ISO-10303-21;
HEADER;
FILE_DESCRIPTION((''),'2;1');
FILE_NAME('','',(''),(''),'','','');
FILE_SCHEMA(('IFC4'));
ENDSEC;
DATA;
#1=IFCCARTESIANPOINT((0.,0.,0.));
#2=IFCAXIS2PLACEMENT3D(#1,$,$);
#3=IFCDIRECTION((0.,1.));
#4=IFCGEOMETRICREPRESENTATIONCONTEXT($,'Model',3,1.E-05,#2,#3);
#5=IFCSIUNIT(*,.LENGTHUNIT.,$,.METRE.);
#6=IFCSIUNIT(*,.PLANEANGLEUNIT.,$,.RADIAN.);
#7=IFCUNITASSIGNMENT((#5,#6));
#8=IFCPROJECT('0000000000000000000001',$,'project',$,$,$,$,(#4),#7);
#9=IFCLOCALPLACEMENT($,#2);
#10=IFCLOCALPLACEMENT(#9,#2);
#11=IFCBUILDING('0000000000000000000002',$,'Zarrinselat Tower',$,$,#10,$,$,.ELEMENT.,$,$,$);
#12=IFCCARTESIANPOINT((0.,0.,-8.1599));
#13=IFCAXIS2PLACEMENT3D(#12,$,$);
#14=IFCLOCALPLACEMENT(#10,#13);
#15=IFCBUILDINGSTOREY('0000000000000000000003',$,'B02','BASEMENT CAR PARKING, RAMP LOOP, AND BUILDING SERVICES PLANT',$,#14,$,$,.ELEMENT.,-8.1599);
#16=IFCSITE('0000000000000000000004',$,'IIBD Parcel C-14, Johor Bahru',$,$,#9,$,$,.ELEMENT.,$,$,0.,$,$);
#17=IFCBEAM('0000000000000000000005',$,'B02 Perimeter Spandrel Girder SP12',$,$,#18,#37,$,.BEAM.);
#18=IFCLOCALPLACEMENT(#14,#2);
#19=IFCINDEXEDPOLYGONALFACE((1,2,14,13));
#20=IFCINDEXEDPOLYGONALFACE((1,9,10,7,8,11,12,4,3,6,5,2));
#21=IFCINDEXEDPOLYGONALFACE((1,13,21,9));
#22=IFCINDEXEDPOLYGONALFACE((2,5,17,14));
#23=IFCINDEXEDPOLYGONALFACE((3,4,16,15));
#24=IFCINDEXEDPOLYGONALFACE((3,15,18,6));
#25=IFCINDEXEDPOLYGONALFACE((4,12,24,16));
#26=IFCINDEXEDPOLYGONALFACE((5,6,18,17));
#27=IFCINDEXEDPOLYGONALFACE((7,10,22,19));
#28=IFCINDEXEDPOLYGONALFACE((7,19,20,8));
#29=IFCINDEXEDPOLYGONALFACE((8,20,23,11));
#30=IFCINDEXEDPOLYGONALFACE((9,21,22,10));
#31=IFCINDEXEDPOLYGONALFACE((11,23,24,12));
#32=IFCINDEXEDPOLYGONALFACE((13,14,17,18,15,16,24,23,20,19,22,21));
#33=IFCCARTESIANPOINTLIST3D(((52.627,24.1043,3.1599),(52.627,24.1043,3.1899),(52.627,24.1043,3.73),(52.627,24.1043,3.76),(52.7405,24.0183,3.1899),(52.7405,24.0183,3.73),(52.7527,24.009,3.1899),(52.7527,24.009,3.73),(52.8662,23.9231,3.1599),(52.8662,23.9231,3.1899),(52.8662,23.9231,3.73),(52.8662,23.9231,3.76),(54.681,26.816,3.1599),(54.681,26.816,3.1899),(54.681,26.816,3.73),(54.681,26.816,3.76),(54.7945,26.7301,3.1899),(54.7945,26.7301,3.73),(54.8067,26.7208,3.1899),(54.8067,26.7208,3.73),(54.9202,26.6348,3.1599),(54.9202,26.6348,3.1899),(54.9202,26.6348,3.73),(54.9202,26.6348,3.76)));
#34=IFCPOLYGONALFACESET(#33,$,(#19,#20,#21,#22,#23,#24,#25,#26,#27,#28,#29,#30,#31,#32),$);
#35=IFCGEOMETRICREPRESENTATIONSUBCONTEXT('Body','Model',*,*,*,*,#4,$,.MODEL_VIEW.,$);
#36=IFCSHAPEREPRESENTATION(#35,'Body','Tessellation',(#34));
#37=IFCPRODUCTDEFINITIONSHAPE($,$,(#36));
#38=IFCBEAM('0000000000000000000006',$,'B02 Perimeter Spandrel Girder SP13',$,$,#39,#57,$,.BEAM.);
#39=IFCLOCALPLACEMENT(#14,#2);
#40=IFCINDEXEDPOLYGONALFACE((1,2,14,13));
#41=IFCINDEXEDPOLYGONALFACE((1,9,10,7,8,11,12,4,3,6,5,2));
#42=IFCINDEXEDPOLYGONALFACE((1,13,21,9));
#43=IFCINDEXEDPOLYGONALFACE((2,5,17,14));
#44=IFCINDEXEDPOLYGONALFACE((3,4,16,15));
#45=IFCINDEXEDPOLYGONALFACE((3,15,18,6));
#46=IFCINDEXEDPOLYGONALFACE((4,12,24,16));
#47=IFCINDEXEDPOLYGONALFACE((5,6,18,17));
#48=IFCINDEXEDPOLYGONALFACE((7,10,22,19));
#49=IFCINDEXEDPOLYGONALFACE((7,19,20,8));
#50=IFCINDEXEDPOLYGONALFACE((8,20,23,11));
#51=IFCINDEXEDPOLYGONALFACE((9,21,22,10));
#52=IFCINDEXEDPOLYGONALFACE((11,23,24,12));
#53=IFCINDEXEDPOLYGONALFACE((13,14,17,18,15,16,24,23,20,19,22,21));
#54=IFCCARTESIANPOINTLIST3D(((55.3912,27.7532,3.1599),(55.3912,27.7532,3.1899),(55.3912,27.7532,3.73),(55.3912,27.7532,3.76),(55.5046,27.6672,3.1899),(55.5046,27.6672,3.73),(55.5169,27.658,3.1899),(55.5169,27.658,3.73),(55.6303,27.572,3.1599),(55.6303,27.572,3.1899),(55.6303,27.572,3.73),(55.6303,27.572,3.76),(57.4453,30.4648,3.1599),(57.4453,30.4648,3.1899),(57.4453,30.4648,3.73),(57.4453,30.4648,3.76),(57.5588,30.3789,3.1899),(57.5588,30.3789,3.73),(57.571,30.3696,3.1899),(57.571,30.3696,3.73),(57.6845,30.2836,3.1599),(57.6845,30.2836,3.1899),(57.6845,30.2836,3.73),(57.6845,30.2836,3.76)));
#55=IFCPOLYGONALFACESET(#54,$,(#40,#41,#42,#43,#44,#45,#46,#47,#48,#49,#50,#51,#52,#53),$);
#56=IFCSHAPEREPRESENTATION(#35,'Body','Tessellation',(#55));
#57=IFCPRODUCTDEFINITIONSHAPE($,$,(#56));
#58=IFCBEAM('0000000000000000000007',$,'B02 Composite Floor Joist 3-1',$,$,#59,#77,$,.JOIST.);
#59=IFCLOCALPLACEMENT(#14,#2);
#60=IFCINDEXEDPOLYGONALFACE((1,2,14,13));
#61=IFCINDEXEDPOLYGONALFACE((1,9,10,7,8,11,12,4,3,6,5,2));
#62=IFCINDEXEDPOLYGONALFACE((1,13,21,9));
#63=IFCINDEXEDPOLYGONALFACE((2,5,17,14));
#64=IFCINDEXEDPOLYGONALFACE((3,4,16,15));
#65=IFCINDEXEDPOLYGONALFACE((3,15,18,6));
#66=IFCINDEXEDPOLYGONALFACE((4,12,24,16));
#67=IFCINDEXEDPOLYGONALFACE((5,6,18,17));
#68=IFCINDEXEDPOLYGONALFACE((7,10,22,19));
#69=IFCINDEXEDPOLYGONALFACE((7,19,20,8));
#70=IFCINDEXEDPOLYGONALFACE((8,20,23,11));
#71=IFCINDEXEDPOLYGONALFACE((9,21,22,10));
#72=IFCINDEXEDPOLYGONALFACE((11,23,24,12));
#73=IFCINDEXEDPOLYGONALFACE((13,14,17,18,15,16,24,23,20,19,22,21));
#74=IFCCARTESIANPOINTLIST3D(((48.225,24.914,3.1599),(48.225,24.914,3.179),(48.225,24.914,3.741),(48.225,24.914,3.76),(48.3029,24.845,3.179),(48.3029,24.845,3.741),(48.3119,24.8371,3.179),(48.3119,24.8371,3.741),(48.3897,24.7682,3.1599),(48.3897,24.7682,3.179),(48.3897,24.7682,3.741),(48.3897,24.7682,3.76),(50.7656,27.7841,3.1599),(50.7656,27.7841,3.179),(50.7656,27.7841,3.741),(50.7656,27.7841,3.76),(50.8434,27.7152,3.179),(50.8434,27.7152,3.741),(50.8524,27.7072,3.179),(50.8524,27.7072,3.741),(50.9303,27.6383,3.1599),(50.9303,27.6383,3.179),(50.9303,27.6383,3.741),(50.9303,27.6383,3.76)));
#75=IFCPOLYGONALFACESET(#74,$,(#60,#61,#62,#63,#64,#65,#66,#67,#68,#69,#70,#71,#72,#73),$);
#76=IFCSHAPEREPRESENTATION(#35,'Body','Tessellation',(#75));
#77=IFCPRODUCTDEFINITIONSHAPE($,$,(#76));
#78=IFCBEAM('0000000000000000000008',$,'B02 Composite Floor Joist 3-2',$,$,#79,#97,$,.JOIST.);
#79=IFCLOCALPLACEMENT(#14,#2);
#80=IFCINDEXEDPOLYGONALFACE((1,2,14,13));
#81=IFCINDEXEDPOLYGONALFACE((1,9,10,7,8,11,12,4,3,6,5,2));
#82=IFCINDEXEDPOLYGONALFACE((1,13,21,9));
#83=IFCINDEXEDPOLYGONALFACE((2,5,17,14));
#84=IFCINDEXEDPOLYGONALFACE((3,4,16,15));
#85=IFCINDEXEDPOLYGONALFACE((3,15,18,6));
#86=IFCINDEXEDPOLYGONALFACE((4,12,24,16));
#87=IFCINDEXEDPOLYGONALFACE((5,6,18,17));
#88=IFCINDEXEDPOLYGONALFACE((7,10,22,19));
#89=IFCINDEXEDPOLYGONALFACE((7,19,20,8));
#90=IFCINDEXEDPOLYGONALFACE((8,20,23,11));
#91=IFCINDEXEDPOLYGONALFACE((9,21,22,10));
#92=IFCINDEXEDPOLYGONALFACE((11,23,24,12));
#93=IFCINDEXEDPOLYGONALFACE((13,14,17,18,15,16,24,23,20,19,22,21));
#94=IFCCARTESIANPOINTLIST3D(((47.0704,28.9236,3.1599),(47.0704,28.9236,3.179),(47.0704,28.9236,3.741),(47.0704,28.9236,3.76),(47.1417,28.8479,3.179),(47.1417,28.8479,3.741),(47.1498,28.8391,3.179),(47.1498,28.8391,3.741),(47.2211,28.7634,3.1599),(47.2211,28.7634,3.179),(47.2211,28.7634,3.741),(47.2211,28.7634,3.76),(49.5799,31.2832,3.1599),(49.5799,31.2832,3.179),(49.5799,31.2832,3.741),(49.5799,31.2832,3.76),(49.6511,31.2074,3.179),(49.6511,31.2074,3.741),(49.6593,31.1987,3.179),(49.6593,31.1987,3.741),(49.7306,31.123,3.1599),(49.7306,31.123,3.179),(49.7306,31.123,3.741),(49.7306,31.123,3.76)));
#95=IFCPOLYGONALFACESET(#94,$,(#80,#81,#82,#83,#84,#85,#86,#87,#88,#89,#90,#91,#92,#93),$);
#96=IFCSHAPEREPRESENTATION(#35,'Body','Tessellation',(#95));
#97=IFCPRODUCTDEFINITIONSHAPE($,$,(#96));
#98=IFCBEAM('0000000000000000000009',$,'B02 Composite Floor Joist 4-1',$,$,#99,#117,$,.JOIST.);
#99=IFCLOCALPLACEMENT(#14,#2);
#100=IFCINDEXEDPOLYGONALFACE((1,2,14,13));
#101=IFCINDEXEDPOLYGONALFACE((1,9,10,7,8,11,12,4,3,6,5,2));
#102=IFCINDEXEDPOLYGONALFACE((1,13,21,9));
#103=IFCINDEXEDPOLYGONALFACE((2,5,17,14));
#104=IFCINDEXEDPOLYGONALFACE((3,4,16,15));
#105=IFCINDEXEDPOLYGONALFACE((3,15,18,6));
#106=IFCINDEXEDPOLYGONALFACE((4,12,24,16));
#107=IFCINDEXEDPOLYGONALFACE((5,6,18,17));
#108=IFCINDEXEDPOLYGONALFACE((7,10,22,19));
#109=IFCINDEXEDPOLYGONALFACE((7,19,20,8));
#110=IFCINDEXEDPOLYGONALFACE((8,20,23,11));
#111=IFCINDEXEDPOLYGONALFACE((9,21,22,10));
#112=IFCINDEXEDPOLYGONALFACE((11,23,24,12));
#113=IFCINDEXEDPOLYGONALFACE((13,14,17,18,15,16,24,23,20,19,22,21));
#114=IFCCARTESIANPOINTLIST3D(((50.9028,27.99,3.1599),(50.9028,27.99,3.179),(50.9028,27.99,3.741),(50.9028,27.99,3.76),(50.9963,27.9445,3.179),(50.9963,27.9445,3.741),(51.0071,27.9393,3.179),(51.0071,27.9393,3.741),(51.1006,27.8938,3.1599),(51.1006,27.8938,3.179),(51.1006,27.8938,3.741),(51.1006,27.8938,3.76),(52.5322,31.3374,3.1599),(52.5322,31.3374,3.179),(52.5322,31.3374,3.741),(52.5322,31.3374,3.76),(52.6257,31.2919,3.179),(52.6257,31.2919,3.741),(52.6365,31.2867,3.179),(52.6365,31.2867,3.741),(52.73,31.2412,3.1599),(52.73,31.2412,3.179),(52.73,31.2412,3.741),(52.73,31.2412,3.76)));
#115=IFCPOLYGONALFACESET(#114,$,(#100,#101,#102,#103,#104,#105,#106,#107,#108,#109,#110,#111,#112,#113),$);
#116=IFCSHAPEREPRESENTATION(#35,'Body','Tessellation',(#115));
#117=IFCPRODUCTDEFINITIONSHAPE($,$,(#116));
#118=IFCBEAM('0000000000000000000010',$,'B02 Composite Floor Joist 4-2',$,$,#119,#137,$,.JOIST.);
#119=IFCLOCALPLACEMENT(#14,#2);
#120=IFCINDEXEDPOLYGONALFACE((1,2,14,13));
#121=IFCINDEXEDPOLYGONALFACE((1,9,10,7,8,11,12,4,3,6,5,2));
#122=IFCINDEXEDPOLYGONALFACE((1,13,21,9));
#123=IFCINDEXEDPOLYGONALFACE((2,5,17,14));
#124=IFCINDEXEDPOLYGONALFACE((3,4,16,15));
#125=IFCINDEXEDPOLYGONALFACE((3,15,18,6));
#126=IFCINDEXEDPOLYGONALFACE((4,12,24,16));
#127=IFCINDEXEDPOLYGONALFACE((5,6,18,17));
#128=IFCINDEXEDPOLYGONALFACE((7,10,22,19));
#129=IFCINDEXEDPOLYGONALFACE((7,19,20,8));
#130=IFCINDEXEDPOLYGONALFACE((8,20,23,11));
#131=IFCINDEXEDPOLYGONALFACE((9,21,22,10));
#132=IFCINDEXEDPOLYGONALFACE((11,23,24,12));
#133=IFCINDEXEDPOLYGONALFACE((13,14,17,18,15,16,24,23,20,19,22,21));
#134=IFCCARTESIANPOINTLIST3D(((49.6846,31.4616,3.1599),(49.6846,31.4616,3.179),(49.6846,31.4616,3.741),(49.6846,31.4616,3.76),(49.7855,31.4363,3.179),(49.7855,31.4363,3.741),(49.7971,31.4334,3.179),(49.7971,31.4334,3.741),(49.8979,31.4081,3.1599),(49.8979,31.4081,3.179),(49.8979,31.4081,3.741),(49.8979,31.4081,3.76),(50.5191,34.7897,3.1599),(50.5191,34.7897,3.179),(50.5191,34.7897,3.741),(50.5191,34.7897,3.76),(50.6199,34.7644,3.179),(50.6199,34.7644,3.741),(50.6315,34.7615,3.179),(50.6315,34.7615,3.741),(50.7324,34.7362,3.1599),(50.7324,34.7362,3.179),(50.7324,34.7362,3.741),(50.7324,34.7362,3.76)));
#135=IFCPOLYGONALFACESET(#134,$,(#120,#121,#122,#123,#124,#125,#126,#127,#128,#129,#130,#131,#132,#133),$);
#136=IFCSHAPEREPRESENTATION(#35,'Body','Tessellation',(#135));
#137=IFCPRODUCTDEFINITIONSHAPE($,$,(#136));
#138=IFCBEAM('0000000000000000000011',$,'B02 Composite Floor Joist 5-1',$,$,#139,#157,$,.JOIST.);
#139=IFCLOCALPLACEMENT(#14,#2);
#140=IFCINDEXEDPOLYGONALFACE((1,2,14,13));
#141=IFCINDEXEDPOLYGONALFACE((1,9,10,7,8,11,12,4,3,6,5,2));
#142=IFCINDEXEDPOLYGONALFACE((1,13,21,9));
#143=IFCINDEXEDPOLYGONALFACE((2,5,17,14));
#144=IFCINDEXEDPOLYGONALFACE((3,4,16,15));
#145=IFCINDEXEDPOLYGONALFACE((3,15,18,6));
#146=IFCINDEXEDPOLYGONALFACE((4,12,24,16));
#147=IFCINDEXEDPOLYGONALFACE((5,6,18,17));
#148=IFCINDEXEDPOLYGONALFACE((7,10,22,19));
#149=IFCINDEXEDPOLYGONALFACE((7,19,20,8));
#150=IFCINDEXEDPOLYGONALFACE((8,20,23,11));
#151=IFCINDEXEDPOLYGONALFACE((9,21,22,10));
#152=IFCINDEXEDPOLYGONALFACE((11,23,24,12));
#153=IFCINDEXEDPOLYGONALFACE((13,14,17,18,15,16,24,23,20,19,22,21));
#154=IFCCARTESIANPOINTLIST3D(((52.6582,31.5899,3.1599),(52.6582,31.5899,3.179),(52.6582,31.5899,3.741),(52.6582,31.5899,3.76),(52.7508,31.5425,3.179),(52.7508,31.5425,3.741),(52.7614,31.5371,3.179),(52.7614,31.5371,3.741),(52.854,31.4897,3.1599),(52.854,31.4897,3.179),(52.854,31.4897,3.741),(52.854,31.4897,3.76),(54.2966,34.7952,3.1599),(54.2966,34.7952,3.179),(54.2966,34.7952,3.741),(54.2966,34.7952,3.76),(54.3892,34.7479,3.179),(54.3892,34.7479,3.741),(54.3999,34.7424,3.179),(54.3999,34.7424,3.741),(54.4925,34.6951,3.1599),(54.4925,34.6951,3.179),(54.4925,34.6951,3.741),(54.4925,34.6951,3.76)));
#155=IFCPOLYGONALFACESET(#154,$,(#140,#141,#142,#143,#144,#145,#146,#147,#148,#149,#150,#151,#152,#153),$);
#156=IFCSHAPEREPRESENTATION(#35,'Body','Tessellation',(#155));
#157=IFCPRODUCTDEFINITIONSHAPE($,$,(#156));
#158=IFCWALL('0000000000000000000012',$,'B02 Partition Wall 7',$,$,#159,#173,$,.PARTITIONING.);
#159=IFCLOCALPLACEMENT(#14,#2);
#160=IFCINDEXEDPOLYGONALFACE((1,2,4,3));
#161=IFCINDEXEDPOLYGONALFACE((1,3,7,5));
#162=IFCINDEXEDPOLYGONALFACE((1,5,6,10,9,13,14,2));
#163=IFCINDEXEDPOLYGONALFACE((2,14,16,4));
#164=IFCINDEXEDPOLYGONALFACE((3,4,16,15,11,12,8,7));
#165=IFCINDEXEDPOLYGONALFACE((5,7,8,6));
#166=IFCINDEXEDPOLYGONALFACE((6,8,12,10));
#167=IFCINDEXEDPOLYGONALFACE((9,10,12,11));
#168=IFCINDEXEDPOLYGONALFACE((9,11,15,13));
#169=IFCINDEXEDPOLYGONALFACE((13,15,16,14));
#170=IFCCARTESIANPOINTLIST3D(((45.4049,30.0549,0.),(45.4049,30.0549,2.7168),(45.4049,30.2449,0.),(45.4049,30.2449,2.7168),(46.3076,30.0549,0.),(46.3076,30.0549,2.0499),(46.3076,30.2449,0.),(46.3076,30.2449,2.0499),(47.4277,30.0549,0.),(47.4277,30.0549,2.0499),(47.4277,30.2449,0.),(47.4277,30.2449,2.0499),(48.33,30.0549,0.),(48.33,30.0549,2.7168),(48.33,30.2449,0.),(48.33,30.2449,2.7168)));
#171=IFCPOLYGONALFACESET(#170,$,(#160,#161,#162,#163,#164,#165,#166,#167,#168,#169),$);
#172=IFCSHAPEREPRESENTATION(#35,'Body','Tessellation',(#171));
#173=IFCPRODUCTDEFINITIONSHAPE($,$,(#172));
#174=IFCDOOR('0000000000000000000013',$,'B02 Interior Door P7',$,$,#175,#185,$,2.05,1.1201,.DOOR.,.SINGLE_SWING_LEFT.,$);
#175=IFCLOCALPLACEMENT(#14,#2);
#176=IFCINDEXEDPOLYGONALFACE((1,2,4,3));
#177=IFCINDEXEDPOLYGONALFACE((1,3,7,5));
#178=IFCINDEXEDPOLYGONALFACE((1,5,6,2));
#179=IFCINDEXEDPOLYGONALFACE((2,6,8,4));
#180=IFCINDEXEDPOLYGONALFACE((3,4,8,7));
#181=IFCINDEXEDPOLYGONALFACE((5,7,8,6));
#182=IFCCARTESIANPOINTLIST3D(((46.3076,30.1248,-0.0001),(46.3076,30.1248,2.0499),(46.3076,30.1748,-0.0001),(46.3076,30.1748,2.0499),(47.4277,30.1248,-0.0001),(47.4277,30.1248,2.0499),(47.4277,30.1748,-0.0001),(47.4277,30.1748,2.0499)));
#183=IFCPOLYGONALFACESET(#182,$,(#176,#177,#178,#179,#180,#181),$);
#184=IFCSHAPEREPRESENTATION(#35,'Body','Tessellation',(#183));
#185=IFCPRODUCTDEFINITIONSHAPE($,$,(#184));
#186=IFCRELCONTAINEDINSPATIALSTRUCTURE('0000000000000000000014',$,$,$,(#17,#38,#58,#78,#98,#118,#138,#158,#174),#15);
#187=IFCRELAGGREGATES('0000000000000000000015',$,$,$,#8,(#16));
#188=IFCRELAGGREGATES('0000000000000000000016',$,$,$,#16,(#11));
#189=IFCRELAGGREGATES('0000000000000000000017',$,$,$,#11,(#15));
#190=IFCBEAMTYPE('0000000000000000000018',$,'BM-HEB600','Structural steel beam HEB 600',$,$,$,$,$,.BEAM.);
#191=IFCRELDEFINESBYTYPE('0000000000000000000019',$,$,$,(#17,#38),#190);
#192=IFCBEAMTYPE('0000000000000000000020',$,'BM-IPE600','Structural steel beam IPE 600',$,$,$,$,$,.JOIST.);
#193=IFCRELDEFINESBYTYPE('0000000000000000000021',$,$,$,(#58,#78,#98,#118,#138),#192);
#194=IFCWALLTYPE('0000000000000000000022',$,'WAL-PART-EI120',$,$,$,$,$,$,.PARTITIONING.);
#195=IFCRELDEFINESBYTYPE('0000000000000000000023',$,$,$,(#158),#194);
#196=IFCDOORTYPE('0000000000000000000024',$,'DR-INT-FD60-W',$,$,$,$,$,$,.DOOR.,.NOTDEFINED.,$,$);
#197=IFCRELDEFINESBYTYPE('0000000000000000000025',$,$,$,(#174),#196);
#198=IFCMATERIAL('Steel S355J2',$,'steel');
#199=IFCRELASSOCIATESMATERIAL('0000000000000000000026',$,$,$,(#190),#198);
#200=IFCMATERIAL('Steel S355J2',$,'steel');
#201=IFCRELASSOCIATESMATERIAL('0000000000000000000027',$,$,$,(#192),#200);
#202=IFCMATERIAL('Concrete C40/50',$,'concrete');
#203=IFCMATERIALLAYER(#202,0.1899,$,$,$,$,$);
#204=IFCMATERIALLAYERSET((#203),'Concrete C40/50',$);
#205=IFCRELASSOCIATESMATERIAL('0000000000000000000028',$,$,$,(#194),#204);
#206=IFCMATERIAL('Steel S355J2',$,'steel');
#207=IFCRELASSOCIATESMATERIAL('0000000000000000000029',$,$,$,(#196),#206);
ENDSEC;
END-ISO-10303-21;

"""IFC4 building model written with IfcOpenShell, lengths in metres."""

from ifc_helpers import new_model, si_unit, direction, frame, frame_2d, origin, origin_2d, place, context, subcontext, project, spatial, rectangle, i_section, extrude, material, layer, layer_set, material_profile, profile_set, type_object, element, fill, save


model = new_model("IFC4")

# Units and contexts
model_context = context("Model", 3, precision=1e-05, world=origin(), true_north=direction((0.0, 1.0)))
body_context = subcontext(model_context, "Body", "Model", "MODEL_VIEW")
ifc_project = project(units=[si_unit("LENGTHUNIT", "METRE"), si_unit("PLANEANGLEUNIT", "RADIAN")], contexts=[model_context])

# Site, building, storey
site_placement = place(None, origin())
site = spatial("IfcSite", under=ifc_project, at=site_placement, Name="IIBD Parcel C-14, Johor Bahru", CompositionType="ELEMENT", RefElevation=0.0)
building_placement = place(site_placement, origin())
building = spatial("IfcBuilding", under=site, at=building_placement, Name="Zarrinselat Tower", CompositionType="ELEMENT")
storey_placement = place(building_placement, frame((0.0, 0.0, -8.1599)))
storey = spatial("IfcBuildingStorey", under=building, at=storey_placement, Name="B02", Description="BASEMENT CAR PARKING, RAMP LOOP, AND BUILDING SERVICES PLANT", CompositionType="ELEMENT", Elevation=-8.1599)

# Beams
ifc_material_1 = material(Name="Steel S355J2", Category="steel")
ifc_material_profile_1 = material_profile(ifc_material_1, i_section(OverallWidth=0.3, OverallDepth=0.6001, WebThickness=0.0154, FlangeThickness=0.03, at=origin_2d()), Name="HEB 600")
ifc_profile_set_1 = profile_set([ifc_material_profile_1], Name="Steel S355J2")
beam_type_1 = type_object("IfcBeamType", Name="BM-HEB600", Description="Structural steel beam HEB 600", PredefinedType="BEAM", material=ifc_profile_set_1)
for number, where, z_axis, x_axis, name in (
    (1, (52.7466, 24.0137, 3.46), (0.603794, 0.79714, 0.0), (-0.79714, 0.603794, 0.0), "B02 Perimeter Spandrel Girder SP12"),
    (2, (55.5107, 27.6626, 3.46), (0.60384, 0.797106, 0.0), (-0.797106, 0.60384, 0.0), "B02 Perimeter Spandrel Girder SP13"),
):
    element("IfcBeam", number, at=place(storey_placement, frame(where, z_axis=z_axis, x_axis=x_axis)), inside=storey, type_object=beam_type_1, Name=name, PredefinedType="BEAM", context=body_context, shape_type="SweptSolid", body=[
        extrude(i_section(OverallWidth=0.3, OverallDepth=0.6001, WebThickness=0.0154, FlangeThickness=0.03, at=origin_2d()), origin(), (0.0, 0.0, 1.0), 3.4019),
    ])
ifc_material_2 = material(Name="Steel S355J2", Category="steel")
ifc_material_profile_2 = material_profile(ifc_material_2, i_section(OverallWidth=0.22, OverallDepth=0.6001, WebThickness=0.012, FlangeThickness=0.019, at=origin_2d()), Name="IPE 600")
ifc_profile_set_2 = profile_set([ifc_material_profile_2], Name="Steel S355J2")
beam_type_2 = type_object("IfcBeamType", Name="BM-IPE600", Description="Structural steel beam IPE 600", PredefinedType="JOIST", material=ifc_profile_set_2)
beam_1_placement = place(storey_placement, frame((48.3074, 24.8411, 3.46), z_axis=(0.662805, 0.748792, 0.0), x_axis=(-0.748792, 0.662805, 0.0)))
element("IfcBeam", 3, at=beam_1_placement, inside=storey, type_object=beam_type_2, Name="B02 Composite Floor Joist 3-1", PredefinedType="JOIST", context=body_context, shape_type="SweptSolid", body=[
    extrude(i_section(OverallWidth=0.22, OverallDepth=0.6001, WebThickness=0.012, FlangeThickness=0.019, at=origin_2d()), origin(), (0.0, 0.0, 1.0), 3.833),
])
beam_2_placement = place(storey_placement, frame((47.1458, 28.8435, 3.46), z_axis=(0.728531, 0.685013, 0.0), x_axis=(-0.685013, 0.728531, 0.0)))
element("IfcBeam", 4, at=beam_2_placement, inside=storey, type_object=beam_type_2, Name="B02 Composite Floor Joist 3-2", PredefinedType="JOIST", context=body_context, shape_type="SweptSolid", body=[
    extrude(i_section(OverallWidth=0.22, OverallDepth=0.6001, WebThickness=0.012, FlangeThickness=0.019, at=origin_2d()), origin(), (0.0, 0.0, 1.0), 3.4446),
])
beam_3_placement = place(storey_placement, frame((51.0017, 27.9419, 3.46), z_axis=(0.437666, 0.899137, 0.0), x_axis=(-0.899137, 0.437666, 0.0)))
element("IfcBeam", 5, at=beam_3_placement, inside=storey, type_object=beam_type_2, Name="B02 Composite Floor Joist 4-1", PredefinedType="JOIST", context=body_context, shape_type="SweptSolid", body=[
    extrude(i_section(OverallWidth=0.22, OverallDepth=0.6001, WebThickness=0.012, FlangeThickness=0.019, at=origin_2d()), origin(), (0.0, 0.0, 1.0), 3.7229),
])
beam_4_placement = place(storey_placement, frame((49.7913, 31.4348, 3.46), z_axis=(0.243205, 0.969975, 0.0), x_axis=(-0.969975, 0.243205, 0.0)))
element("IfcBeam", 6, at=beam_4_placement, inside=storey, type_object=beam_type_2, Name="B02 Composite Floor Joist 4-2", PredefinedType="JOIST", context=body_context, shape_type="SweptSolid", body=[
    extrude(i_section(OverallWidth=0.22, OverallDepth=0.6001, WebThickness=0.012, FlangeThickness=0.019, at=origin_2d()), origin(), (0.0, 0.0, 1.0), 3.4312),
])
beam_5_placement = place(storey_placement, frame((52.7561, 31.5398, 3.46), z_axis=(0.455145, 0.890418, 0.0), x_axis=(-0.890418, 0.455145, 0.0)))
element("IfcBeam", 7, at=beam_5_placement, inside=storey, type_object=beam_type_2, Name="B02 Composite Floor Joist 5-1", PredefinedType="JOIST", context=body_context, shape_type="SweptSolid", body=[
    extrude(i_section(OverallWidth=0.22, OverallDepth=0.6001, WebThickness=0.012, FlangeThickness=0.019, at=origin_2d()), origin(), (0.0, 0.0, 1.0), 3.5999),
])

# Wall, opening, door
ifc_material_3 = material(Name="Concrete C40/50", Category="concrete")
ifc_layer_1 = layer(ifc_material_3, 0.1899)
ifc_layer_set_1 = layer_set([ifc_layer_1], Name="Concrete C40/50")
wall_type_1 = type_object("IfcWallType", Name="WAL-PART-EI120", PredefinedType="PARTITIONING", material=ifc_layer_set_1)
wall_1_placement = place(storey_placement, frame((45.405, 30.1499, 0.0), z_axis=(0.0, 0.0, 1.0), x_axis=(1.0, 0.0, 0.0)))
wall_1 = element("IfcWall", 8, at=wall_1_placement, inside=storey, type_object=wall_type_1, Name="B02 Partition Wall 7", PredefinedType="PARTITIONING", context=body_context, shape_type="SweptSolid", body=[
    extrude(rectangle(XDim=2.925, YDim=0.1899, at=frame_2d((1.4624, 0.0))), origin(), (0.0, 0.0, 1.0), 2.7168),
])
opening_1_placement = place(wall_1_placement, frame((0.9026, 0.0, 0.0)))
opening_1 = element("IfcOpeningElement", 9, at=opening_1_placement, cuts=wall_1, PredefinedType="OPENING", context=body_context, shape_type="SweptSolid", body=[
    extrude(rectangle(XDim=1.1201, YDim=2.05, at=frame_2d((0.5601, 1.0249))), frame((0.0, 0.105, 0.0), z_axis=(0.0, -1.0, 0.0), x_axis=(1.0, 0.0, 0.0)), (0.0, 0.0, 1.0), 0.21),
])
ifc_material_4 = material(Name="Steel S355J2", Category="steel")
door_type = type_object("IfcDoorType", Name="DR-INT-FD60-W", OperationType="NOTDEFINED", PredefinedType="DOOR", material=ifc_material_4)
door_1_placement = place(opening_1_placement, origin())
door_1 = element("IfcDoor", 10, at=door_1_placement, inside=storey, type_object=door_type, Name="B02 Interior Door P7", OperationType="SINGLE_SWING_LEFT", OverallHeight=2.05, OverallWidth=1.1201, PredefinedType="DOOR", context=body_context, shape_type="SweptSolid", body=[
    extrude(rectangle(XDim=1.1201, YDim=2.05, at=frame_2d((0.5601, 1.0249))), frame((0.0, 0.0249, 0.0), z_axis=(0.0, -1.0, 0.0), x_axis=(1.0, 0.0, 0.0)), (0.0, 0.0, 1.0), 0.05),
])
fill(opening_1, door_1)

save(model, "model.ifc")
